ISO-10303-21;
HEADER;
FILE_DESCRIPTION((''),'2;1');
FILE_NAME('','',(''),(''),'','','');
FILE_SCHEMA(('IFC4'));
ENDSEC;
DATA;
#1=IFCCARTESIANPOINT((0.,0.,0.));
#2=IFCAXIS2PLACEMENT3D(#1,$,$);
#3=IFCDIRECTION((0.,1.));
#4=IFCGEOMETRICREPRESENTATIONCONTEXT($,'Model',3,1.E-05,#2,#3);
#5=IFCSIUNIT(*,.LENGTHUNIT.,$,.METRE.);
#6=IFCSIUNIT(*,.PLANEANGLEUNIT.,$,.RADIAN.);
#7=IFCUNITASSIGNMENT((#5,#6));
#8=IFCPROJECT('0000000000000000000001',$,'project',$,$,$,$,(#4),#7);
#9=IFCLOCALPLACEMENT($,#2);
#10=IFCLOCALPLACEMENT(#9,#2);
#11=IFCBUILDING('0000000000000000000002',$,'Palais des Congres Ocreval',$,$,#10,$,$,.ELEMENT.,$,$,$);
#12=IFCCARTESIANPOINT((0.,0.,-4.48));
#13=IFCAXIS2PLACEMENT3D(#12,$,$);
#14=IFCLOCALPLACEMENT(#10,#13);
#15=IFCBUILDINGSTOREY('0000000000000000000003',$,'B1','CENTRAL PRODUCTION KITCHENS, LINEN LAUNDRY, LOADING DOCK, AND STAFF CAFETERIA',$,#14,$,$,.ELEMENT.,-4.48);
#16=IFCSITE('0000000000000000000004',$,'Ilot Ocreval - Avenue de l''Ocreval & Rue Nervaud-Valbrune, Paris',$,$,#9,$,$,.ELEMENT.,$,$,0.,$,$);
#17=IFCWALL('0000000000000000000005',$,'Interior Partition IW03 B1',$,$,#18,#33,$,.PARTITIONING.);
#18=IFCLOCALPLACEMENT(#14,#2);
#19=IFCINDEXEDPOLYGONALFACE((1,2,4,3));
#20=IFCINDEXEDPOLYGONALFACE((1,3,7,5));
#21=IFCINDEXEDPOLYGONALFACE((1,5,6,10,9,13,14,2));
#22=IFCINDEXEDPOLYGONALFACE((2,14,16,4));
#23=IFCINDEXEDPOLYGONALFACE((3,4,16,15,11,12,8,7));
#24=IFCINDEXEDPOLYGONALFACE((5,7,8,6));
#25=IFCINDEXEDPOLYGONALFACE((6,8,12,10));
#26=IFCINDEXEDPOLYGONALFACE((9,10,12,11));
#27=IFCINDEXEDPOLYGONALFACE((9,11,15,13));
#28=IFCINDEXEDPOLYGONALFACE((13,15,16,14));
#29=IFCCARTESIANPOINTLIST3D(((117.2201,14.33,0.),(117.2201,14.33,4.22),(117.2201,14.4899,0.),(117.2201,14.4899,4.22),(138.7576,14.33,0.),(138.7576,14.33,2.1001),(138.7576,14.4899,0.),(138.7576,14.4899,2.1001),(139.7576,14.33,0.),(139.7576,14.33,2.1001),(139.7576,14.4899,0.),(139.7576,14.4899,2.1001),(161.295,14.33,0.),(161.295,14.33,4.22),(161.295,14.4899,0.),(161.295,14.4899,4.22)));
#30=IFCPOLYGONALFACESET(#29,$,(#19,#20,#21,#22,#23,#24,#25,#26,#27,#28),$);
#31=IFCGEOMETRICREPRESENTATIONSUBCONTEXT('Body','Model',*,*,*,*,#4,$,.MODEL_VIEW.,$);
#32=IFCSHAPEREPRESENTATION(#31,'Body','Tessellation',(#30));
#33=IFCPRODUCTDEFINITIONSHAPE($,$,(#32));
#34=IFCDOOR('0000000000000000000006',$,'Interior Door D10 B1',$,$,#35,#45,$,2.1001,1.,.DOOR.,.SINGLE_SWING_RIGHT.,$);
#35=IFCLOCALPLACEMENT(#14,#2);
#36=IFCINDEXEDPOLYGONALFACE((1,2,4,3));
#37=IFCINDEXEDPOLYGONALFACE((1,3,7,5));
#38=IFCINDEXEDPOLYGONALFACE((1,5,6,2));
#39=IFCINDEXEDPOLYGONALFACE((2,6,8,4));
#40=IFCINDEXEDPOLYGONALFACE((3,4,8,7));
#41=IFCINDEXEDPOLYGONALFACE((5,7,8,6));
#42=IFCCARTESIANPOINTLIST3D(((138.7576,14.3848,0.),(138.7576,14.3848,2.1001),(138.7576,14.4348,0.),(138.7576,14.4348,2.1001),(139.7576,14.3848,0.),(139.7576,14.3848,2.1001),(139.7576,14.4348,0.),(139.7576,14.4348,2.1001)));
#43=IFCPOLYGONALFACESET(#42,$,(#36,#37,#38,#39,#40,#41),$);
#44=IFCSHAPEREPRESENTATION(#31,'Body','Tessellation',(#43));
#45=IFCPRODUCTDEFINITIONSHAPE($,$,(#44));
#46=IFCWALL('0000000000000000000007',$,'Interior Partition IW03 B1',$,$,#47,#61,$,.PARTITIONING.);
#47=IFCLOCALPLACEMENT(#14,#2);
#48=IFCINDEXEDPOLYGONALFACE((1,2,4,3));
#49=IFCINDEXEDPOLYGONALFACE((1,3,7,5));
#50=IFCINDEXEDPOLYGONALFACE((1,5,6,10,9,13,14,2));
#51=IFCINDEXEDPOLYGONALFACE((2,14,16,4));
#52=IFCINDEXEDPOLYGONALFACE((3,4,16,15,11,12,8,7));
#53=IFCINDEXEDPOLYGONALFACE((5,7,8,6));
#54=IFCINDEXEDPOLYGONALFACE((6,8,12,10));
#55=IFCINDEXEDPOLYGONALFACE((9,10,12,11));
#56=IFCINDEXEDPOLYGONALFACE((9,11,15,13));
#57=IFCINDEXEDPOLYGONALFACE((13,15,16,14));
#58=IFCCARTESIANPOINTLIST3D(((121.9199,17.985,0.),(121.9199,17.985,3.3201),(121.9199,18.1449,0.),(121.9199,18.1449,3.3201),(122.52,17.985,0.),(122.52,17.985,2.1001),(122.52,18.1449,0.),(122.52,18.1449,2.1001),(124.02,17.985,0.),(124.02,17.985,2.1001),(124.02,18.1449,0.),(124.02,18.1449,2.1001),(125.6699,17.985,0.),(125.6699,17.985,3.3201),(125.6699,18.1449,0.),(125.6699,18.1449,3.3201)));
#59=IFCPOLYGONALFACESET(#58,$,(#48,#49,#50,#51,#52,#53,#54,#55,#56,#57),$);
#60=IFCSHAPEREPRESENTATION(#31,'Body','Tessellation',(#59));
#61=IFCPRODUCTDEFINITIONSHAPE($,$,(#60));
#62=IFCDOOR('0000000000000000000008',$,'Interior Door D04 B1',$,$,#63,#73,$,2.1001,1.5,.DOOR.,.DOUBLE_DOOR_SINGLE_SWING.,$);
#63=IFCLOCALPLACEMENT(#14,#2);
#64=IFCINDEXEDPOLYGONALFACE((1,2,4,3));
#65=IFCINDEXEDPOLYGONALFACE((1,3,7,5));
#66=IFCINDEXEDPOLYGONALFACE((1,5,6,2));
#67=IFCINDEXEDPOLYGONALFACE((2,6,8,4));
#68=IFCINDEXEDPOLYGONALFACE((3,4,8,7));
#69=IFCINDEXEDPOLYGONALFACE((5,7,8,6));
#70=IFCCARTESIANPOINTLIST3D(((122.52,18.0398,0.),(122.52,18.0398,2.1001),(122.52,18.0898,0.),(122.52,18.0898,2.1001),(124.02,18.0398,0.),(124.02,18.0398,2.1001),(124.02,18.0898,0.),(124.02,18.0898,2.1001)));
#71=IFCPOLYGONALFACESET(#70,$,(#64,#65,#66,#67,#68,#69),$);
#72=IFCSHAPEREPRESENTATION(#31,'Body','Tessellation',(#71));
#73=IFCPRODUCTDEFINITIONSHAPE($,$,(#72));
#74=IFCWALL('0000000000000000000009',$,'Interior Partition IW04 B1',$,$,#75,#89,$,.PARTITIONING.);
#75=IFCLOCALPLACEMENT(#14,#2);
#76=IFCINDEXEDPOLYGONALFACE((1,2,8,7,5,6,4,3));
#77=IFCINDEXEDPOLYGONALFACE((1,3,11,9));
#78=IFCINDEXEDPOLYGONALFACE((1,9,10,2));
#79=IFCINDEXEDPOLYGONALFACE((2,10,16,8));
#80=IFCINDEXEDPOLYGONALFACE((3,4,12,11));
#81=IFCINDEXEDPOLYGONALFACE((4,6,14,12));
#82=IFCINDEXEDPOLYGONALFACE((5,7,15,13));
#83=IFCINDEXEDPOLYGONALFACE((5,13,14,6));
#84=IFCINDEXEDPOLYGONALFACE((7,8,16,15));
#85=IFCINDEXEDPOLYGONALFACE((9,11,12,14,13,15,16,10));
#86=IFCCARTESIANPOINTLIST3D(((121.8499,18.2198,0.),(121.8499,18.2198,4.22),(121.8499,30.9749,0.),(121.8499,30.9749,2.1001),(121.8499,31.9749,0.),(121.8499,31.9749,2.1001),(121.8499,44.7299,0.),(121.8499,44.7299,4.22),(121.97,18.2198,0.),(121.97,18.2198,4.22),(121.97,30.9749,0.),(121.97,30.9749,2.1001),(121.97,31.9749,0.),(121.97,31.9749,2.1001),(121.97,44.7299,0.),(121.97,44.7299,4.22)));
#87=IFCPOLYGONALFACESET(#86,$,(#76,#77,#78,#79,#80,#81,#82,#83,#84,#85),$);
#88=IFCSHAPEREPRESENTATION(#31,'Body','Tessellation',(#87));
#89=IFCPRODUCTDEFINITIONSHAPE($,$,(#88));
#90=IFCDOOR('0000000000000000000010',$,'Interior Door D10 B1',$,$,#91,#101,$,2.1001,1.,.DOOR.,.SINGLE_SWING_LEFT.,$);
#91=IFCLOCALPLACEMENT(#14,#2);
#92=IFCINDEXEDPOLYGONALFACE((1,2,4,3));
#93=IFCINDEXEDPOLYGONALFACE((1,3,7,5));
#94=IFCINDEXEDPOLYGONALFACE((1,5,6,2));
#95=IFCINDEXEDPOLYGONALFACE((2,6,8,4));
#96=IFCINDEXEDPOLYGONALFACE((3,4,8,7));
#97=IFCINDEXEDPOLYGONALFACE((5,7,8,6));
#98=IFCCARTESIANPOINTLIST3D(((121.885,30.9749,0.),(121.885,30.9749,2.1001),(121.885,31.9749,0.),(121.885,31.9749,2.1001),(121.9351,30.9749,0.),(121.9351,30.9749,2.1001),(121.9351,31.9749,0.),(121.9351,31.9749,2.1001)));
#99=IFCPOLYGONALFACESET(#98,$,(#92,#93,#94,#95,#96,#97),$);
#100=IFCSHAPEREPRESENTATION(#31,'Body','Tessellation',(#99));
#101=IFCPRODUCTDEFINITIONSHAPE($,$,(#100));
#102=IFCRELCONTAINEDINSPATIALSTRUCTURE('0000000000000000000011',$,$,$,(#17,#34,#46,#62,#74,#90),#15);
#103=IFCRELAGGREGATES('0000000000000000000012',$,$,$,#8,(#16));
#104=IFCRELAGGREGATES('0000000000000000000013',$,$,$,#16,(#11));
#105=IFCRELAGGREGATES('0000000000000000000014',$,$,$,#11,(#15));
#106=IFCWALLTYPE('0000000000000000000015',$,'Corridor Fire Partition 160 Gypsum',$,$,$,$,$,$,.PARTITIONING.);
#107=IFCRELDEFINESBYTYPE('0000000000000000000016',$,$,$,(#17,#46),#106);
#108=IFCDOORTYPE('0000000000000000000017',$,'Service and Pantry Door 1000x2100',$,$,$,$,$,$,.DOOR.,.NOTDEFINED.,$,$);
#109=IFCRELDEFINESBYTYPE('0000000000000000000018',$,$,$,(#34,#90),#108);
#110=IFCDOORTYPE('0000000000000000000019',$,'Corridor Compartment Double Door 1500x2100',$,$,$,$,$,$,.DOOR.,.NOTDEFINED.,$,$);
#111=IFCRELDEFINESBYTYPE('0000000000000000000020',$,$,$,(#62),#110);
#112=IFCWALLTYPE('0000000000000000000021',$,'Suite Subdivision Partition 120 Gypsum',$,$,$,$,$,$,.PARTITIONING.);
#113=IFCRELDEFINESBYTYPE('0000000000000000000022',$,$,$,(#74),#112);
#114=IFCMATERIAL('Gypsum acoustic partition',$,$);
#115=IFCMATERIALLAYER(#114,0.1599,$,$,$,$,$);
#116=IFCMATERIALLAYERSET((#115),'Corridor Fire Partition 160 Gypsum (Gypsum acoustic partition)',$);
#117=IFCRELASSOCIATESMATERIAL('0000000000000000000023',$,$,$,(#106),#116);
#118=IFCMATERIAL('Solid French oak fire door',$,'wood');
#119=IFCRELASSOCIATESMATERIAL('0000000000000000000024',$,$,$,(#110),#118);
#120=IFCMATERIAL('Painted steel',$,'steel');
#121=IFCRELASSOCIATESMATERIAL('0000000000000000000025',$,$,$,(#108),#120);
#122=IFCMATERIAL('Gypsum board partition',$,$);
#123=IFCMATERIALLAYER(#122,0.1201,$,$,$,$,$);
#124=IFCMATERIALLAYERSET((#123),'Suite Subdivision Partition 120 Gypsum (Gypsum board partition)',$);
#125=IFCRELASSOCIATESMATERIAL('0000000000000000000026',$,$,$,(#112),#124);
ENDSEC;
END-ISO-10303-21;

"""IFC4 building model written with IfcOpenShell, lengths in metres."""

from ifc_helpers import new_model, si_unit, direction, frame, frame_2d, origin, place, context, subcontext, project, spatial, rectangle, extrude, material, layer, layer_set, type_object, element, fill, save


model = new_model("IFC4")

# Units and contexts
model_context = context("Model", 3, precision=1e-05, world=origin(), true_north=direction((0.0, 1.0)))
body_context = subcontext(model_context, "Body", "Model", "MODEL_VIEW")
ifc_project = project(units=[si_unit("LENGTHUNIT", "METRE"), si_unit("PLANEANGLEUNIT", "RADIAN")], contexts=[model_context])

# Site, building, storey
site_placement = place(None, origin())
site = spatial("IfcSite", under=ifc_project, at=site_placement, Name="Ilot Ocreval - Avenue de l'Ocreval & Rue Nervaud-Valbrune, Paris", CompositionType="ELEMENT", RefElevation=0.0)
building_placement = place(site_placement, origin())
building = spatial("IfcBuilding", under=site, at=building_placement, Name="Palais des Congres Ocreval", CompositionType="ELEMENT")
storey_placement = place(building_placement, frame((0.0, 0.0, -4.48)))
storey = spatial("IfcBuildingStorey", under=building, at=storey_placement, Name="B1", Description="CENTRAL PRODUCTION KITCHENS, LINEN LAUNDRY, LOADING DOCK, AND STAFF CAFETERIA", CompositionType="ELEMENT", Elevation=-4.48)

# Shared definitions
ifc_material_1 = material(Name="Gypsum acoustic partition")
ifc_layer_1 = layer(ifc_material_1, 0.1599)
ifc_layer_set_1 = layer_set([ifc_layer_1], Name="Corridor Fire Partition 160 Gypsum (Gypsum acoustic partition)")
wall_type_1 = type_object("IfcWallType", Name="Corridor Fire Partition 160 Gypsum", PredefinedType="PARTITIONING", material=ifc_layer_set_1)

# Walls, openings, doors
ifc_material_2 = material(Name="Solid French oak fire door", Category="wood")
door_type_1 = type_object("IfcDoorType", Name="Corridor Compartment Double Door 1500x2100", OperationType="NOTDEFINED", PredefinedType="DOOR", material=ifc_material_2)
wall_1_placement = place(storey_placement, frame((117.22, 14.4099, 0.0), z_axis=(0.0, 0.0, 1.0), x_axis=(1.0, 0.0, 0.0)))
wall_1 = element("IfcWall", 1, at=wall_1_placement, inside=storey, type_object=wall_type_1, Name="Interior Partition IW03 B1", PredefinedType="PARTITIONING", context=body_context, shape_type="SweptSolid", body=[
    extrude(rectangle(XDim=44.075, YDim=0.1599, at=frame_2d((22.0376, 0.0))), origin(), (0.0, 0.0, 1.0), 4.22),
])
opening_1_placement = place(wall_1_placement, frame((21.5376, 0.0, 0.0)))
opening_1 = element("IfcOpeningElement", 2, at=opening_1_placement, cuts=wall_1, PredefinedType="OPENING", context=body_context, shape_type="SweptSolid", body=[
    extrude(rectangle(XDim=1.0, YDim=2.1001, at=frame_2d((0.5, 1.05))), frame((0.0, 0.0898, 0.0), z_axis=(0.0, -1.0, 0.0), x_axis=(1.0, 0.0, 0.0)), (0.0, 0.0, 1.0), 0.1799),
])
ifc_material_3 = material(Name="Painted steel", Category="steel")
door_type_2 = type_object("IfcDoorType", Name="Service and Pantry Door 1000x2100", OperationType="NOTDEFINED", PredefinedType="DOOR", material=ifc_material_3)
door_1_placement = place(opening_1_placement, origin())
door_1 = element("IfcDoor", 3, at=door_1_placement, inside=storey, type_object=door_type_2, Name="Interior Door D10 B1", OperationType="SINGLE_SWING_RIGHT", OverallHeight=2.1001, OverallWidth=1.0, PredefinedType="DOOR", context=body_context, shape_type="SweptSolid", body=[
    extrude(rectangle(XDim=1.0, YDim=2.1001, at=frame_2d((0.5, 1.05))), frame((0.0, 0.0249, 0.0), z_axis=(0.0, -1.0, 0.0), x_axis=(1.0, 0.0, 0.0)), (0.0, 0.0, 1.0), 0.05),
])
fill(opening_1, door_1)
wall_2_placement = place(storey_placement, frame((121.9199, 18.0649, 0.0), z_axis=(0.0, 0.0, 1.0), x_axis=(1.0, 0.0, 0.0)))
wall_2 = element("IfcWall", 4, at=wall_2_placement, inside=storey, type_object=wall_type_1, Name="Interior Partition IW03 B1", PredefinedType="PARTITIONING", context=body_context, shape_type="SweptSolid", body=[
    extrude(rectangle(XDim=3.75, YDim=0.1599, at=frame_2d((1.875, 0.0))), origin(), (0.0, 0.0, 1.0), 3.3201),
])
opening_2_placement = place(wall_2_placement, frame((0.6001, 0.0, 0.0)))
opening_2 = element("IfcOpeningElement", 5, at=opening_2_placement, cuts=wall_2, PredefinedType="OPENING", context=body_context, shape_type="SweptSolid", body=[
    extrude(rectangle(XDim=1.5, YDim=2.1001, at=frame_2d((0.75, 1.05))), frame((0.0, 0.0898, 0.0), z_axis=(0.0, -1.0, 0.0), x_axis=(1.0, 0.0, 0.0)), (0.0, 0.0, 1.0), 0.1799),
])
door_2_placement = place(opening_2_placement, origin())
door_2 = element("IfcDoor", 6, at=door_2_placement, inside=storey, type_object=door_type_1, Name="Interior Door D04 B1", OperationType="DOUBLE_DOOR_SINGLE_SWING", OverallHeight=2.1001, OverallWidth=1.5, PredefinedType="DOOR", context=body_context, shape_type="SweptSolid", body=[
    extrude(rectangle(XDim=1.5, YDim=2.1001, at=frame_2d((0.75, 1.05))), frame((0.0, 0.0249, 0.0), z_axis=(0.0, -1.0, 0.0), x_axis=(1.0, 0.0, 0.0)), (0.0, 0.0, 1.0), 0.05),
])
fill(opening_2, door_2)
ifc_material_4 = material(Name="Gypsum board partition")
ifc_layer_2 = layer(ifc_material_4, 0.1201)
ifc_layer_set_2 = layer_set([ifc_layer_2], Name="Suite Subdivision Partition 120 Gypsum (Gypsum board partition)")
wall_type_2 = type_object("IfcWallType", Name="Suite Subdivision Partition 120 Gypsum", PredefinedType="PARTITIONING", material=ifc_layer_set_2)
wall_3_placement = place(storey_placement, frame((121.9099, 18.22, 0.0), z_axis=(0.0, 0.0, 1.0), x_axis=(0.0, 1.0, 0.0)))
wall_3 = element("IfcWall", 7, at=wall_3_placement, inside=storey, type_object=wall_type_2, Name="Interior Partition IW04 B1", PredefinedType="PARTITIONING", context=body_context, shape_type="SweptSolid", body=[
    extrude(rectangle(XDim=26.51, YDim=0.1201, at=frame_2d((13.2549, 0.0))), origin(), (0.0, 0.0, 1.0), 4.22),
])
opening_3_placement = place(wall_3_placement, frame((12.7549, 0.0, 0.0)))
opening_3 = element("IfcOpeningElement", 8, at=opening_3_placement, cuts=wall_3, PredefinedType="OPENING", context=body_context, shape_type="SweptSolid", body=[
    extrude(rectangle(XDim=1.0, YDim=2.1001, at=frame_2d((0.5, 1.05))), frame((0.0, 0.0701, 0.0), z_axis=(0.0, -1.0, 0.0), x_axis=(1.0, 0.0, 0.0)), (0.0, 0.0, 1.0), 0.1401),
])
door_3_placement = place(opening_3_placement, origin())
door_3 = element("IfcDoor", 9, at=door_3_placement, inside=storey, type_object=door_type_2, Name="Interior Door D10 B1", OperationType="SINGLE_SWING_LEFT", OverallHeight=2.1001, OverallWidth=1.0, PredefinedType="DOOR", context=body_context, shape_type="SweptSolid", body=[
    extrude(rectangle(XDim=1.0, YDim=2.1001, at=frame_2d((0.5, 1.05))), frame((0.0, 0.0249, 0.0), z_axis=(0.0, -1.0, 0.0), x_axis=(1.0, 0.0, 0.0)), (0.0, 0.0, 1.0), 0.05),
])
fill(opening_3, door_3)

save(model, "model.ifc")
